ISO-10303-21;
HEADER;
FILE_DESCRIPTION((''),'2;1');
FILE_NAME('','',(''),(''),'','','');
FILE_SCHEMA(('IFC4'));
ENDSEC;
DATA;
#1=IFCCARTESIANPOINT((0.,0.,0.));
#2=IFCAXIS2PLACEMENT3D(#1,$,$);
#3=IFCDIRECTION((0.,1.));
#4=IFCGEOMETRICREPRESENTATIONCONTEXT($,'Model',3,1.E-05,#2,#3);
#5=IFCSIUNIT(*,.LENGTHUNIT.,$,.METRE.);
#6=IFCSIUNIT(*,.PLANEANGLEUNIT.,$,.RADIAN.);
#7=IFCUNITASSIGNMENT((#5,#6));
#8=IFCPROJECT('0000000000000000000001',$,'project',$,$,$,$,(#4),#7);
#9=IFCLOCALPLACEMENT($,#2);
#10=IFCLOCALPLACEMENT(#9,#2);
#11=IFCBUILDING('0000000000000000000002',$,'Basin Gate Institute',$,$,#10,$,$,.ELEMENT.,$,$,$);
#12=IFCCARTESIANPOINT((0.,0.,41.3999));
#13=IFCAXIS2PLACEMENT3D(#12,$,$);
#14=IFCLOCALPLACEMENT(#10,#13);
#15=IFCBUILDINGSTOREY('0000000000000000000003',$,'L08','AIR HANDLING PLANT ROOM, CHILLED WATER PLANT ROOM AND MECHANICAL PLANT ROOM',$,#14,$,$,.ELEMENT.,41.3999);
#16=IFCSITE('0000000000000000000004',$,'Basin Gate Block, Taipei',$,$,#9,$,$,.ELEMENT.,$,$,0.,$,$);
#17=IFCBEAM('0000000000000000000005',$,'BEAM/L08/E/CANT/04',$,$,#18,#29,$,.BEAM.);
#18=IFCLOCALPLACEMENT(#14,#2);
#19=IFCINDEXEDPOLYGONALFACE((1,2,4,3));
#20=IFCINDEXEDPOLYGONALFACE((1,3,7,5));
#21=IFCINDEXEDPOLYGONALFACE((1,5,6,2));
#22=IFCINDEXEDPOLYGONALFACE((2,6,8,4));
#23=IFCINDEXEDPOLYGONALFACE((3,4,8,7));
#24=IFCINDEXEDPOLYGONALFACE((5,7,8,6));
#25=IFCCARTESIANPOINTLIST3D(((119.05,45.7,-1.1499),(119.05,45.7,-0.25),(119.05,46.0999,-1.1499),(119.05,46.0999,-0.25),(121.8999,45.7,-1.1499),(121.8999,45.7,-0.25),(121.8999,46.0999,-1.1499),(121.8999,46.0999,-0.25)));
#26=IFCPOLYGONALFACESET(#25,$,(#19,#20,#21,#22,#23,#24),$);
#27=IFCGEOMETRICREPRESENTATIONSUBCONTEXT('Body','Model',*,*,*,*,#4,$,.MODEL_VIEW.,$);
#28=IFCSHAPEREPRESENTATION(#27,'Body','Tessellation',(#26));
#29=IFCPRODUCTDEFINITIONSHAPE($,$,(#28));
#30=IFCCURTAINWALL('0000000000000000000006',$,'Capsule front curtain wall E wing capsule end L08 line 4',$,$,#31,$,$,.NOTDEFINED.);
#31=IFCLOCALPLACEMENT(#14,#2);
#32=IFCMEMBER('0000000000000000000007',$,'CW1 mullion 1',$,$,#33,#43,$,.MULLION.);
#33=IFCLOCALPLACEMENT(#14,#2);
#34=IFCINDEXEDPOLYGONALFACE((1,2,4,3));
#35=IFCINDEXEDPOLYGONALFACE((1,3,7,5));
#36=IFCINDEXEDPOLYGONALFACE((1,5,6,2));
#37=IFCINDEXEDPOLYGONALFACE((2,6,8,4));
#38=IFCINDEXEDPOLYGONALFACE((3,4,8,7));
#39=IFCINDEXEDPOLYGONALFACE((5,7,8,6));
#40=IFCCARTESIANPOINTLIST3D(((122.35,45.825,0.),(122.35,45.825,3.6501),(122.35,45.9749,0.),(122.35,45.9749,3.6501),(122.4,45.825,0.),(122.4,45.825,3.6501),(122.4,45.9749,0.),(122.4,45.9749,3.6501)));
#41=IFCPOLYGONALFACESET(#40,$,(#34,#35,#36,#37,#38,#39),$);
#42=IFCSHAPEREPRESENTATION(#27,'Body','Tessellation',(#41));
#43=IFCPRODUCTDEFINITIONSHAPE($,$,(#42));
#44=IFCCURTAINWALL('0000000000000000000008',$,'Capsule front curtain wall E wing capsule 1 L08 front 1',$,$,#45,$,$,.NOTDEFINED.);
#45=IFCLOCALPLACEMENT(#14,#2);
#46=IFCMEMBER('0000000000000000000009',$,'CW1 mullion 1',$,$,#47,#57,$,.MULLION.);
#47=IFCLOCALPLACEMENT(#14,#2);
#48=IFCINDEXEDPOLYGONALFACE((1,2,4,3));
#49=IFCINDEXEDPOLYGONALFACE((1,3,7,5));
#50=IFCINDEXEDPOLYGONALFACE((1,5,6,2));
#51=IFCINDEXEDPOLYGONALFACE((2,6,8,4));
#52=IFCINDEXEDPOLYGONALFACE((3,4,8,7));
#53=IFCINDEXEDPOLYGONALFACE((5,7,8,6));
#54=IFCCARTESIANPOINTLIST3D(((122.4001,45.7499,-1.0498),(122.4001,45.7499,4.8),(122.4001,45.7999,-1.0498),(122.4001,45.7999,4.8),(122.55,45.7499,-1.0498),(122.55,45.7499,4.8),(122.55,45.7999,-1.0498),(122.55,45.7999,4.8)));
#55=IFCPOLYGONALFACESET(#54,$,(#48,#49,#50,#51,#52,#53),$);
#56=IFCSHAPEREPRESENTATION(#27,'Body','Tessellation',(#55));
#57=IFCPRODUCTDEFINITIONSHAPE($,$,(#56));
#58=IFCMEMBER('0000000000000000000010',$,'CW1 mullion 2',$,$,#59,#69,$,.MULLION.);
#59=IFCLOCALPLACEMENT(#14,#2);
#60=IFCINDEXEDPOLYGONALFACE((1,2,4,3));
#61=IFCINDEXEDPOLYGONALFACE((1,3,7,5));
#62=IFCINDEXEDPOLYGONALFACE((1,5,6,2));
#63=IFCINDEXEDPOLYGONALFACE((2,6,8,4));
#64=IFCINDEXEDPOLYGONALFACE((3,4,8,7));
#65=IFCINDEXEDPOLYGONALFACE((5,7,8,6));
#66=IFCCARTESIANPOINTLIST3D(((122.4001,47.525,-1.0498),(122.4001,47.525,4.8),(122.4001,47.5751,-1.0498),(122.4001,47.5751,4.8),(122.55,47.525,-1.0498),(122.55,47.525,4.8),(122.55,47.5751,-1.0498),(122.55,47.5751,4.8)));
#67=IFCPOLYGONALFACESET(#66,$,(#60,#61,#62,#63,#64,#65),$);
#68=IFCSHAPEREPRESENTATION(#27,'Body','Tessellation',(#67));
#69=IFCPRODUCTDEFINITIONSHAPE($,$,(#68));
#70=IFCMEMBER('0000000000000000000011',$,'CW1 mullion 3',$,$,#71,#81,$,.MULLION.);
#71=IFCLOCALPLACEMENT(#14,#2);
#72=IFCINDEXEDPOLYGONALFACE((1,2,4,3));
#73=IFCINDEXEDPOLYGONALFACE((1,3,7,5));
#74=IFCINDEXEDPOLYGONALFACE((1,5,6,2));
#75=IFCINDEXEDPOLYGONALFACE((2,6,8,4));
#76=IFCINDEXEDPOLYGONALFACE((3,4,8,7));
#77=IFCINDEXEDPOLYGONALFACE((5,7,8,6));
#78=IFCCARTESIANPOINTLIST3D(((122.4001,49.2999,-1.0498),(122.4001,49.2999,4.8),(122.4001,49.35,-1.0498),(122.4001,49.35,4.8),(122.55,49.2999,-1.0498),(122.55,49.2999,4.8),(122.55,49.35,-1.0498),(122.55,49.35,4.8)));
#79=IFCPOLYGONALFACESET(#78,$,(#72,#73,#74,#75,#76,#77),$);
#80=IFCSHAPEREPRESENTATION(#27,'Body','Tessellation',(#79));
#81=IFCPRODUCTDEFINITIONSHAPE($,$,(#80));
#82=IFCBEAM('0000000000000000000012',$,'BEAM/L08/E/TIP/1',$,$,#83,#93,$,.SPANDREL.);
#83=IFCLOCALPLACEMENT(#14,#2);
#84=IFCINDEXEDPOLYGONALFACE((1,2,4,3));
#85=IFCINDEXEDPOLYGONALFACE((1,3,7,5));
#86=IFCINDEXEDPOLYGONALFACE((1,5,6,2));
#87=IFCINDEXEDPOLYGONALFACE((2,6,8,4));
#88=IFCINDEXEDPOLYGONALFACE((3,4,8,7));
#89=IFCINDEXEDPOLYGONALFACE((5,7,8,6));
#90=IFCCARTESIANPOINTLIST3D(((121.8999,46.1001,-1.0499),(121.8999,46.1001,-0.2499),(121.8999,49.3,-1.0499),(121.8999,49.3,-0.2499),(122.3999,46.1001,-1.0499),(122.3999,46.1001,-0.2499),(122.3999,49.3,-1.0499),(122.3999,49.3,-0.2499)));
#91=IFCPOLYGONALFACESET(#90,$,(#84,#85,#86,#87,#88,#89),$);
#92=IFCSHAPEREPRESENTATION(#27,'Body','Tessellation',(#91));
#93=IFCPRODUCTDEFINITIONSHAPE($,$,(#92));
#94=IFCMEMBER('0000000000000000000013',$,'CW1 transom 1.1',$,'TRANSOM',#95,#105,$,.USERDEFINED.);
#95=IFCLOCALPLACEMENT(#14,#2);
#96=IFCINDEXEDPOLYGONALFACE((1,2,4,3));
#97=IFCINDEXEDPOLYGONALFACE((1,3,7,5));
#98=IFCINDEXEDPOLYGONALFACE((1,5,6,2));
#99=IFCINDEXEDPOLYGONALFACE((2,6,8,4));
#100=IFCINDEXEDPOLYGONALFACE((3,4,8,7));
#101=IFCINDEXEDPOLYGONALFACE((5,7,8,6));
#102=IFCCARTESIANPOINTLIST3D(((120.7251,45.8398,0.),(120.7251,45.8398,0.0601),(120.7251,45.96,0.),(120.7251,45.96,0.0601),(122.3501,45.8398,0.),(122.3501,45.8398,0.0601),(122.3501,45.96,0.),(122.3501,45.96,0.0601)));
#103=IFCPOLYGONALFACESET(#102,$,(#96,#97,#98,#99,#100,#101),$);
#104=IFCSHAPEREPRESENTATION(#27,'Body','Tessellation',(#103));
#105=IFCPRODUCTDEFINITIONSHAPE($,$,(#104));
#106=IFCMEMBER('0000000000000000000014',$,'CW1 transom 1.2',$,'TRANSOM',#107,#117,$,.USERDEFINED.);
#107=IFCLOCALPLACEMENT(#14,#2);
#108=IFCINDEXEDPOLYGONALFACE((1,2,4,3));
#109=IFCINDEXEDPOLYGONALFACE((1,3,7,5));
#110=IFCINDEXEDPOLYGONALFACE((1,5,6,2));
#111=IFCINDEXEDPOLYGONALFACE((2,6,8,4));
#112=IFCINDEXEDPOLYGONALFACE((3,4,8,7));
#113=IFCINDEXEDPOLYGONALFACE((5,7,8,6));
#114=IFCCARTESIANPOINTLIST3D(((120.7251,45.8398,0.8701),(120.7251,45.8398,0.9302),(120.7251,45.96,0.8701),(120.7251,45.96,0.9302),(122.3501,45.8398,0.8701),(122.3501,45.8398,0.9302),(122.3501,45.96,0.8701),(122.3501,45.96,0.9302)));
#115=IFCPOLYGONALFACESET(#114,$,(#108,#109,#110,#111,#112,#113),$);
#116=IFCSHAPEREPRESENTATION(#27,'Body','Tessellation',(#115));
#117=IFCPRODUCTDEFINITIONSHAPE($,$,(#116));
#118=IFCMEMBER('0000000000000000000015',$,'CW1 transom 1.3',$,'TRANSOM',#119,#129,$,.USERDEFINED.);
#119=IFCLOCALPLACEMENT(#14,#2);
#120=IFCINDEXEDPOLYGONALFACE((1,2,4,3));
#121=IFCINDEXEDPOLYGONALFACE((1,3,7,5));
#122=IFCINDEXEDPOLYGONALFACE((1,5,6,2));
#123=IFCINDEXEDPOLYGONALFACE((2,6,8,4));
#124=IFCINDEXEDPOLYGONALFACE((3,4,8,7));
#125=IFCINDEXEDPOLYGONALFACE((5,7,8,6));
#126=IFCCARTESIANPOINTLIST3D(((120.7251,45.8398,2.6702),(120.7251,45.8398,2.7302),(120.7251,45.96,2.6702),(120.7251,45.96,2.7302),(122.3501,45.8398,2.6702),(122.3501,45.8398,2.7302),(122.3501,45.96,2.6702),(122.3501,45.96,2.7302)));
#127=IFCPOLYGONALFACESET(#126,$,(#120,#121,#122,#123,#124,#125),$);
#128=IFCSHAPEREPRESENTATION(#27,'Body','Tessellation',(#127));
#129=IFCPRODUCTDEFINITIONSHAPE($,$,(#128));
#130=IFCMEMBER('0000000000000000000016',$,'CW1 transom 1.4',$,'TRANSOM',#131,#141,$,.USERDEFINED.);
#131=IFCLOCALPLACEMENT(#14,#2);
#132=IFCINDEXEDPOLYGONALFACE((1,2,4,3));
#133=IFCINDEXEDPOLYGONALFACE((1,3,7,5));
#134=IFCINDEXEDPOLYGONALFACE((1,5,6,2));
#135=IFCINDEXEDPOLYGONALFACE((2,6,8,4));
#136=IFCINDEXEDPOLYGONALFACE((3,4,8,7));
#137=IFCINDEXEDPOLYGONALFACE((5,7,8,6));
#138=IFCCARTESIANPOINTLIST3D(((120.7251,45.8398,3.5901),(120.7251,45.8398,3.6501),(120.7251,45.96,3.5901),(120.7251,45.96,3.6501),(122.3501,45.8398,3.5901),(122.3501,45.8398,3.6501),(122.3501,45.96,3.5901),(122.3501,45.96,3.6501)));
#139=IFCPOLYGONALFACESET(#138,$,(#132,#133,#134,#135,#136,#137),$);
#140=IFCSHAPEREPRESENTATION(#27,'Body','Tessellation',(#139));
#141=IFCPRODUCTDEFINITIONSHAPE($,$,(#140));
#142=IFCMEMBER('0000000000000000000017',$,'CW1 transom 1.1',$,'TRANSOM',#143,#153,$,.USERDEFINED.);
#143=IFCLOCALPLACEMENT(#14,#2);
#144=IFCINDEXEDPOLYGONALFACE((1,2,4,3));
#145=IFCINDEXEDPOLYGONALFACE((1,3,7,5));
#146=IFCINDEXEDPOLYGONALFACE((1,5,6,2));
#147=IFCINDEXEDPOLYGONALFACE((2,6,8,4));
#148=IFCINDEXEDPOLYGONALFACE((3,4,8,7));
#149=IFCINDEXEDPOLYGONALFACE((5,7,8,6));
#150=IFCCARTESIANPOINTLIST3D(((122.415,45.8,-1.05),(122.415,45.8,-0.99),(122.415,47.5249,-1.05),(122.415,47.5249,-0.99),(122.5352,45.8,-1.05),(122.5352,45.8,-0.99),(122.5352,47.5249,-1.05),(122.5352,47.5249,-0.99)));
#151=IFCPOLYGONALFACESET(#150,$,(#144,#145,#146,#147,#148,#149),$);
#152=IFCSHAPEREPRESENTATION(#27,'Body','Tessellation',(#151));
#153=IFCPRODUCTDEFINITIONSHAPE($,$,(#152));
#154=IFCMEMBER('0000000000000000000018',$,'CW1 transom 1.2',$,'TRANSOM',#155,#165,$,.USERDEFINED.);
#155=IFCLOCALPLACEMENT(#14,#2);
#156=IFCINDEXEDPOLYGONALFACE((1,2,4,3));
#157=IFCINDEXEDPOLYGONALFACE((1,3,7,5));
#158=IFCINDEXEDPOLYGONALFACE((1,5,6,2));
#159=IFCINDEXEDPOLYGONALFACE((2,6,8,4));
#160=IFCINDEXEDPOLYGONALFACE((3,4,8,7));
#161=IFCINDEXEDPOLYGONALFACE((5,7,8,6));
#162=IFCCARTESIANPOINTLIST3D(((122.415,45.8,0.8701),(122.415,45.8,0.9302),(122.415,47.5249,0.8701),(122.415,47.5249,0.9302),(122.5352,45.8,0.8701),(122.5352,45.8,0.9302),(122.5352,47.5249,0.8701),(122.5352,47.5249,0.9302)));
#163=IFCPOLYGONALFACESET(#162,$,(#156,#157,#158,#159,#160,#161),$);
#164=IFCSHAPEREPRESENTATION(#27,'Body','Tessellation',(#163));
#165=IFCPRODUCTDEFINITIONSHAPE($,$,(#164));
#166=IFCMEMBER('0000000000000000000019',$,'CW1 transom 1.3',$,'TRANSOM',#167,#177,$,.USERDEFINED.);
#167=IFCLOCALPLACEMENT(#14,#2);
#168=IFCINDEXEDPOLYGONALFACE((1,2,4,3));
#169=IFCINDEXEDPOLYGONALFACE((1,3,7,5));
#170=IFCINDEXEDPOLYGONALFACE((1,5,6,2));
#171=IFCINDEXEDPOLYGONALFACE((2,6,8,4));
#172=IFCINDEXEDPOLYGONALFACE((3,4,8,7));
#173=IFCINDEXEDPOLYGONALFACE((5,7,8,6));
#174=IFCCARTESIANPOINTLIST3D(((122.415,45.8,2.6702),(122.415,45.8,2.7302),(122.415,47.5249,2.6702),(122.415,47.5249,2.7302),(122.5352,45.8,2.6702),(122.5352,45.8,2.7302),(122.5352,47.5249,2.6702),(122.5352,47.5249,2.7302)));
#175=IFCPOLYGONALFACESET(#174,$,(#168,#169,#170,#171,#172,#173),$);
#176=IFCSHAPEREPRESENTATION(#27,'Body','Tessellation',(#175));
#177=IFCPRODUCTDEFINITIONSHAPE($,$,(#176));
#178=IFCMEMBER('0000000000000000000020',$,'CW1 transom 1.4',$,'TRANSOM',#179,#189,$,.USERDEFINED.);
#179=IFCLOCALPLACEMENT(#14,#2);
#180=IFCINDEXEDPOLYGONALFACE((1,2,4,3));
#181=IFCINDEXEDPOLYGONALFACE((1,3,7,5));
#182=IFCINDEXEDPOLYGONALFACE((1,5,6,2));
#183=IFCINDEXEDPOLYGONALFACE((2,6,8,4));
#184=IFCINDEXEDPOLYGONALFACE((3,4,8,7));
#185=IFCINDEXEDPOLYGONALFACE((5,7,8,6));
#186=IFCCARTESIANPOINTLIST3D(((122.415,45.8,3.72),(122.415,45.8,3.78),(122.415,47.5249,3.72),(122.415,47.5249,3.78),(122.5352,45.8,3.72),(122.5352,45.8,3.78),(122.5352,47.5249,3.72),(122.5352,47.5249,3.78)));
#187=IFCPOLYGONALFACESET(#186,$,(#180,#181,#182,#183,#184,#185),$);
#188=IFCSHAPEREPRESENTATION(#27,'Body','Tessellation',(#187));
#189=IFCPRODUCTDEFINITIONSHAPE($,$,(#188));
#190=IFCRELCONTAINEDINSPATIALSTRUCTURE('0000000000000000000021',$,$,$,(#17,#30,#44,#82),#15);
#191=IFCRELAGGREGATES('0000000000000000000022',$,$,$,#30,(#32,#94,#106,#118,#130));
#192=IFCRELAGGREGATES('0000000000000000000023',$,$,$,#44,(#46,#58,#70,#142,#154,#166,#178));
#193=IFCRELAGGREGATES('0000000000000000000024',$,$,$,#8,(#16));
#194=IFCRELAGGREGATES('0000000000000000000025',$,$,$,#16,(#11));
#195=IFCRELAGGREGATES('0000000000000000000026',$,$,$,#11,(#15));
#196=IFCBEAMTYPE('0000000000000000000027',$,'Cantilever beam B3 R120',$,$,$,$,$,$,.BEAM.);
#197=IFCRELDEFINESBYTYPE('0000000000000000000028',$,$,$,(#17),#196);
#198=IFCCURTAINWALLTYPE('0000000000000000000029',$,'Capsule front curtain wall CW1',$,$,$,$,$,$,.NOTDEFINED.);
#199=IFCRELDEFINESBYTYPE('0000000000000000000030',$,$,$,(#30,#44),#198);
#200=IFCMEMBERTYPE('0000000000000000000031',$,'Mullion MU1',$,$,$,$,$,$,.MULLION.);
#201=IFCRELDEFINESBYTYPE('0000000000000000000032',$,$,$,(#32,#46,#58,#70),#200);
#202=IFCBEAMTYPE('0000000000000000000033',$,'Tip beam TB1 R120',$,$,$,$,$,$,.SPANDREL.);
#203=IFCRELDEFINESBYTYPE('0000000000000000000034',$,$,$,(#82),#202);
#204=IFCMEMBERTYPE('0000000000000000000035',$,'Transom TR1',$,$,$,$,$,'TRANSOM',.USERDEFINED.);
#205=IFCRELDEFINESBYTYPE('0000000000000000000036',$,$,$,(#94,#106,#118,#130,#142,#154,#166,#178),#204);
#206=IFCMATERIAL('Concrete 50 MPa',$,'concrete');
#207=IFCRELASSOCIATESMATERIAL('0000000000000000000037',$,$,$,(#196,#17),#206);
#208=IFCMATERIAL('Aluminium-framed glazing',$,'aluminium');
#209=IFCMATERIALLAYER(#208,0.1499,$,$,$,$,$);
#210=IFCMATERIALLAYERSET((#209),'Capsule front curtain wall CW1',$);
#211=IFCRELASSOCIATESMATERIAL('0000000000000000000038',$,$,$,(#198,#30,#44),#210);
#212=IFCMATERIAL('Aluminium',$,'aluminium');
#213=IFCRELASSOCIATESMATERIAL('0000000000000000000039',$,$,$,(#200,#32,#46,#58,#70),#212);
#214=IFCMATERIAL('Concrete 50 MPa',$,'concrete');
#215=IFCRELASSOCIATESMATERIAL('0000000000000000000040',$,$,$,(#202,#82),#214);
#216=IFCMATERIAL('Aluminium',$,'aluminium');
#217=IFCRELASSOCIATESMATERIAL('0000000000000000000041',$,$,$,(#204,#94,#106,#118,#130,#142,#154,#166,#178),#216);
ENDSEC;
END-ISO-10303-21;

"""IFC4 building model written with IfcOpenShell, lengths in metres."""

from ifc_helpers import new_model, si_unit, direction, frame, origin, origin_2d, place, context, subcontext, project, spatial, rectangle, extrude, material, layer, layer_set, material_profile, profile_set, type_object, element, aggregate, save


model = new_model("IFC4")

# Units and contexts
model_context = context("Model", 3, precision=1e-05, world=origin(), true_north=direction((0.0, 1.0)))
body_context = subcontext(model_context, "Body", "Model", "MODEL_VIEW")
ifc_project = project(units=[si_unit("LENGTHUNIT", "METRE"), si_unit("PLANEANGLEUNIT", "RADIAN")], contexts=[model_context])

# Site, building, storey
site_placement = place(None, origin())
site = spatial("IfcSite", under=ifc_project, at=site_placement, Name="Basin Gate Block, Taipei", CompositionType="ELEMENT", RefElevation=0.0)
building_placement = place(site_placement, origin())
building = spatial("IfcBuilding", under=site, at=building_placement, Name="Basin Gate Institute", CompositionType="ELEMENT")
storey_placement = place(building_placement, frame((0.0, 0.0, 41.3999)))
storey = spatial("IfcBuildingStorey", under=building, at=storey_placement, Name="L08", Description="AIR HANDLING PLANT ROOM, CHILLED WATER PLANT ROOM AND MECHANICAL PLANT ROOM", CompositionType="ELEMENT", Elevation=41.3999)

# Beam
ifc_material_1 = material(Name="Concrete 50 MPa", Category="concrete")
ifc_material_profile_1 = material_profile(ifc_material_1, rectangle(XDim=0.3999, YDim=0.8999, at=origin_2d()), Name="Cantilever beam B3 400 x 900")
ifc_profile_set_1 = profile_set([ifc_material_profile_1], Name="Concrete 50 MPa")
beam_type_1 = type_object("IfcBeamType", Name="Cantilever beam B3 R120", PredefinedType="BEAM", material=ifc_profile_set_1)
beam_1_placement = place(storey_placement, frame((121.8999, 45.8999, -0.7), z_axis=(-1.0, 0.0, 0.0), x_axis=(0.0, -1.0, 0.0)))
element("IfcBeam", 1, at=beam_1_placement, inside=storey, type_object=beam_type_1, material=ifc_profile_set_1, Name="BEAM/L08/E/CANT/04", PredefinedType="BEAM", context=body_context, shape_type="SweptSolid", body=[
    extrude(rectangle(XDim=0.3999, YDim=0.8999, at=origin_2d()), origin(), (0.0, 0.0, 1.0), 2.8499),
])

# Curtain wall, member
ifc_material_2 = material(Name="Aluminium-framed glazing", Category="aluminium")
ifc_layer_1 = layer(ifc_material_2, 0.1499)
ifc_layer_set_1 = layer_set([ifc_layer_1], Name="Capsule front curtain wall CW1")
curtain_wall_type = type_object("IfcCurtainWallType", Name="Capsule front curtain wall CW1", PredefinedType="NOTDEFINED", material=ifc_layer_set_1)
curtain_wall_1_placement = place(storey_placement, origin())
curtain_wall_1 = element("IfcCurtainWall", 2, at=curtain_wall_1_placement, inside=storey, type_object=curtain_wall_type, material=ifc_layer_set_1, Name="Capsule front curtain wall E wing capsule end L08 line 4", PredefinedType="NOTDEFINED")
ifc_material_3 = material(Name="Aluminium", Category="aluminium")
ifc_material_profile_2 = material_profile(ifc_material_3, rectangle(XDim=0.1499, YDim=0.05, at=origin_2d()), Name="Mullion MU1 150 x 50")
ifc_profile_set_2 = profile_set([ifc_material_profile_2], Name="Aluminium")
member_type_1 = type_object("IfcMemberType", Name="Mullion MU1", PredefinedType="MULLION", material=ifc_profile_set_2)
member_1_placement = place(storey_placement, frame((122.375, 45.8999, 0.0), z_axis=(0.0, 0.0, 1.0), x_axis=(0.0, -1.0, 0.0)))
member_1 = element("IfcMember", 3, at=member_1_placement, type_object=member_type_1, material=ifc_profile_set_2, Name="CW1 mullion 1", PredefinedType="MULLION", context=body_context, shape_type="SweptSolid", body=[
    extrude(rectangle(XDim=0.1499, YDim=0.05, at=origin_2d()), origin(), (0.0, 0.0, 1.0), 3.6501),
])

# Curtain wall, members
curtain_wall_2_placement = place(storey_placement, origin())
curtain_wall_2 = element("IfcCurtainWall", 4, at=curtain_wall_2_placement, inside=storey, type_object=curtain_wall_type, material=ifc_layer_set_1, Name="Capsule front curtain wall E wing capsule 1 L08 front 1", PredefinedType="NOTDEFINED")
member_2_placement = place(storey_placement, frame((122.4751, 45.7749, -1.0498), z_axis=(0.0, 0.0, 1.0), x_axis=(-1.0, 0.0, 0.0)))
member_2 = element("IfcMember", 5, at=member_2_placement, type_object=member_type_1, material=ifc_profile_set_2, Name="CW1 mullion 1", PredefinedType="MULLION", context=body_context, shape_type="SweptSolid", body=[
    extrude(rectangle(XDim=0.1499, YDim=0.05, at=origin_2d()), origin(), (0.0, 0.0, 1.0), 5.8499),
])
member_3_placement = place(storey_placement, frame((122.4751, 47.55, -1.0498), z_axis=(0.0, 0.0, 1.0), x_axis=(-1.0, 0.0, 0.0)))
member_3 = element("IfcMember", 6, at=member_3_placement, type_object=member_type_1, material=ifc_profile_set_2, Name="CW1 mullion 2", PredefinedType="MULLION", context=body_context, shape_type="SweptSolid", body=[
    extrude(rectangle(XDim=0.1499, YDim=0.05, at=origin_2d()), origin(), (0.0, 0.0, 1.0), 5.8499),
])
member_4_placement = place(storey_placement, frame((122.4751, 49.325, -1.0498), z_axis=(0.0, 0.0, 1.0), x_axis=(-1.0, 0.0, 0.0)))
member_4 = element("IfcMember", 7, at=member_4_placement, type_object=member_type_1, material=ifc_profile_set_2, Name="CW1 mullion 3", PredefinedType="MULLION", context=body_context, shape_type="SweptSolid", body=[
    extrude(rectangle(XDim=0.1499, YDim=0.05, at=origin_2d()), origin(), (0.0, 0.0, 1.0), 5.8499),
])

# Beam
ifc_material_4 = material(Name="Concrete 50 MPa", Category="concrete")
ifc_material_profile_3 = material_profile(ifc_material_4, rectangle(XDim=0.5, YDim=0.8, at=origin_2d()), Name="Tip beam TB1 500 x 800")
ifc_profile_set_3 = profile_set([ifc_material_profile_3], Name="Concrete 50 MPa")
beam_type_2 = type_object("IfcBeamType", Name="Tip beam TB1 R120", PredefinedType="SPANDREL", material=ifc_profile_set_3)
beam_2_placement = place(storey_placement, frame((122.1499, 46.1001, -0.6499), z_axis=(0.0, 1.0, 0.0), x_axis=(-1.0, 0.0, 0.0)))
element("IfcBeam", 8, at=beam_2_placement, inside=storey, type_object=beam_type_2, material=ifc_profile_set_3, Name="BEAM/L08/E/TIP/1", PredefinedType="SPANDREL", context=body_context, shape_type="SweptSolid", body=[
    extrude(rectangle(XDim=0.5, YDim=0.8, at=origin_2d()), origin(), (0.0, 0.0, 1.0), 3.2),
])

# Members
ifc_material_5 = material(Name="Aluminium", Category="aluminium")
ifc_material_profile_4 = material_profile(ifc_material_5, rectangle(XDim=0.1201, YDim=0.0601, at=origin_2d()), Name="Transom TR1 120 x 60")
ifc_profile_set_4 = profile_set([ifc_material_profile_4], Name="Aluminium")
member_type_2 = type_object("IfcMemberType", Name="Transom TR1", ElementType="TRANSOM", PredefinedType="USERDEFINED", material=ifc_profile_set_4)
member_5_placement = place(storey_placement, frame((122.3501, 45.8999, 0.03), z_axis=(-1.0, 0.0, 0.0), x_axis=(0.0, -1.0, 0.0)))
member_5 = element("IfcMember", 9, at=member_5_placement, type_object=member_type_2, material=ifc_profile_set_4, Name="CW1 transom 1.1", ObjectType="TRANSOM", PredefinedType="USERDEFINED", context=body_context, shape_type="SweptSolid", body=[
    extrude(rectangle(XDim=0.1201, YDim=0.0601, at=origin_2d()), origin(), (0.0, 0.0, 1.0), 1.625),
])
member_6_placement = place(storey_placement, frame((122.3501, 45.8999, 0.9001), z_axis=(-1.0, 0.0, 0.0), x_axis=(0.0, -1.0, 0.0)))
member_6 = element("IfcMember", 10, at=member_6_placement, type_object=member_type_2, material=ifc_profile_set_4, Name="CW1 transom 1.2", ObjectType="TRANSOM", PredefinedType="USERDEFINED", context=body_context, shape_type="SweptSolid", body=[
    extrude(rectangle(XDim=0.1201, YDim=0.0601, at=origin_2d()), origin(), (0.0, 0.0, 1.0), 1.625),
])
member_7_placement = place(storey_placement, frame((122.3501, 45.8999, 2.7002), z_axis=(-1.0, 0.0, 0.0), x_axis=(0.0, -1.0, 0.0)))
member_7 = element("IfcMember", 11, at=member_7_placement, type_object=member_type_2, material=ifc_profile_set_4, Name="CW1 transom 1.3", ObjectType="TRANSOM", PredefinedType="USERDEFINED", context=body_context, shape_type="SweptSolid", body=[
    extrude(rectangle(XDim=0.1201, YDim=0.0601, at=origin_2d()), origin(), (0.0, 0.0, 1.0), 1.625),
])
member_8_placement = place(storey_placement, frame((122.3501, 45.8999, 3.6201), z_axis=(-1.0, 0.0, 0.0), x_axis=(0.0, -1.0, 0.0)))
member_8 = element("IfcMember", 12, at=member_8_placement, type_object=member_type_2, material=ifc_profile_set_4, Name="CW1 transom 1.4", ObjectType="TRANSOM", PredefinedType="USERDEFINED", context=body_context, shape_type="SweptSolid", body=[
    extrude(rectangle(XDim=0.1201, YDim=0.0601, at=origin_2d()), origin(), (0.0, 0.0, 1.0), 1.625),
])
member_9_placement = place(storey_placement, frame((122.4751, 45.8, -1.02), z_axis=(0.0, 1.0, 0.0), x_axis=(-1.0, 0.0, 0.0)))
member_9 = element("IfcMember", 13, at=member_9_placement, type_object=member_type_2, material=ifc_profile_set_4, Name="CW1 transom 1.1", ObjectType="TRANSOM", PredefinedType="USERDEFINED", context=body_context, shape_type="SweptSolid", body=[
    extrude(rectangle(XDim=0.1201, YDim=0.0601, at=origin_2d()), origin(), (0.0, 0.0, 1.0), 1.7249),
])
member_10_placement = place(storey_placement, frame((122.4751, 45.8, 0.9001), z_axis=(0.0, 1.0, 0.0), x_axis=(-1.0, 0.0, 0.0)))
member_10 = element("IfcMember", 14, at=member_10_placement, type_object=member_type_2, material=ifc_profile_set_4, Name="CW1 transom 1.2", ObjectType="TRANSOM", PredefinedType="USERDEFINED", context=body_context, shape_type="SweptSolid", body=[
    extrude(rectangle(XDim=0.1201, YDim=0.0601, at=origin_2d()), origin(), (0.0, 0.0, 1.0), 1.7249),
])
member_11_placement = place(storey_placement, frame((122.4751, 45.8, 2.7002), z_axis=(0.0, 1.0, 0.0), x_axis=(-1.0, 0.0, 0.0)))
member_11 = element("IfcMember", 15, at=member_11_placement, type_object=member_type_2, material=ifc_profile_set_4, Name="CW1 transom 1.3", ObjectType="TRANSOM", PredefinedType="USERDEFINED", context=body_context, shape_type="SweptSolid", body=[
    extrude(rectangle(XDim=0.1201, YDim=0.0601, at=origin_2d()), origin(), (0.0, 0.0, 1.0), 1.7249),
])
member_12_placement = place(storey_placement, frame((122.4751, 45.8, 3.75), z_axis=(0.0, 1.0, 0.0), x_axis=(-1.0, 0.0, 0.0)))
member_12 = element("IfcMember", 16, at=member_12_placement, type_object=member_type_2, material=ifc_profile_set_4, Name="CW1 transom 1.4", ObjectType="TRANSOM", PredefinedType="USERDEFINED", context=body_context, shape_type="SweptSolid", body=[
    extrude(rectangle(XDim=0.1201, YDim=0.0601, at=origin_2d()), origin(), (0.0, 0.0, 1.0), 1.7249),
])

aggregate(curtain_wall_1, [member_1, member_5, member_6, member_7, member_8])
aggregate(curtain_wall_2, [member_2, member_3, member_4, member_9, member_10, member_11, member_12])

save(model, "model.ifc")
